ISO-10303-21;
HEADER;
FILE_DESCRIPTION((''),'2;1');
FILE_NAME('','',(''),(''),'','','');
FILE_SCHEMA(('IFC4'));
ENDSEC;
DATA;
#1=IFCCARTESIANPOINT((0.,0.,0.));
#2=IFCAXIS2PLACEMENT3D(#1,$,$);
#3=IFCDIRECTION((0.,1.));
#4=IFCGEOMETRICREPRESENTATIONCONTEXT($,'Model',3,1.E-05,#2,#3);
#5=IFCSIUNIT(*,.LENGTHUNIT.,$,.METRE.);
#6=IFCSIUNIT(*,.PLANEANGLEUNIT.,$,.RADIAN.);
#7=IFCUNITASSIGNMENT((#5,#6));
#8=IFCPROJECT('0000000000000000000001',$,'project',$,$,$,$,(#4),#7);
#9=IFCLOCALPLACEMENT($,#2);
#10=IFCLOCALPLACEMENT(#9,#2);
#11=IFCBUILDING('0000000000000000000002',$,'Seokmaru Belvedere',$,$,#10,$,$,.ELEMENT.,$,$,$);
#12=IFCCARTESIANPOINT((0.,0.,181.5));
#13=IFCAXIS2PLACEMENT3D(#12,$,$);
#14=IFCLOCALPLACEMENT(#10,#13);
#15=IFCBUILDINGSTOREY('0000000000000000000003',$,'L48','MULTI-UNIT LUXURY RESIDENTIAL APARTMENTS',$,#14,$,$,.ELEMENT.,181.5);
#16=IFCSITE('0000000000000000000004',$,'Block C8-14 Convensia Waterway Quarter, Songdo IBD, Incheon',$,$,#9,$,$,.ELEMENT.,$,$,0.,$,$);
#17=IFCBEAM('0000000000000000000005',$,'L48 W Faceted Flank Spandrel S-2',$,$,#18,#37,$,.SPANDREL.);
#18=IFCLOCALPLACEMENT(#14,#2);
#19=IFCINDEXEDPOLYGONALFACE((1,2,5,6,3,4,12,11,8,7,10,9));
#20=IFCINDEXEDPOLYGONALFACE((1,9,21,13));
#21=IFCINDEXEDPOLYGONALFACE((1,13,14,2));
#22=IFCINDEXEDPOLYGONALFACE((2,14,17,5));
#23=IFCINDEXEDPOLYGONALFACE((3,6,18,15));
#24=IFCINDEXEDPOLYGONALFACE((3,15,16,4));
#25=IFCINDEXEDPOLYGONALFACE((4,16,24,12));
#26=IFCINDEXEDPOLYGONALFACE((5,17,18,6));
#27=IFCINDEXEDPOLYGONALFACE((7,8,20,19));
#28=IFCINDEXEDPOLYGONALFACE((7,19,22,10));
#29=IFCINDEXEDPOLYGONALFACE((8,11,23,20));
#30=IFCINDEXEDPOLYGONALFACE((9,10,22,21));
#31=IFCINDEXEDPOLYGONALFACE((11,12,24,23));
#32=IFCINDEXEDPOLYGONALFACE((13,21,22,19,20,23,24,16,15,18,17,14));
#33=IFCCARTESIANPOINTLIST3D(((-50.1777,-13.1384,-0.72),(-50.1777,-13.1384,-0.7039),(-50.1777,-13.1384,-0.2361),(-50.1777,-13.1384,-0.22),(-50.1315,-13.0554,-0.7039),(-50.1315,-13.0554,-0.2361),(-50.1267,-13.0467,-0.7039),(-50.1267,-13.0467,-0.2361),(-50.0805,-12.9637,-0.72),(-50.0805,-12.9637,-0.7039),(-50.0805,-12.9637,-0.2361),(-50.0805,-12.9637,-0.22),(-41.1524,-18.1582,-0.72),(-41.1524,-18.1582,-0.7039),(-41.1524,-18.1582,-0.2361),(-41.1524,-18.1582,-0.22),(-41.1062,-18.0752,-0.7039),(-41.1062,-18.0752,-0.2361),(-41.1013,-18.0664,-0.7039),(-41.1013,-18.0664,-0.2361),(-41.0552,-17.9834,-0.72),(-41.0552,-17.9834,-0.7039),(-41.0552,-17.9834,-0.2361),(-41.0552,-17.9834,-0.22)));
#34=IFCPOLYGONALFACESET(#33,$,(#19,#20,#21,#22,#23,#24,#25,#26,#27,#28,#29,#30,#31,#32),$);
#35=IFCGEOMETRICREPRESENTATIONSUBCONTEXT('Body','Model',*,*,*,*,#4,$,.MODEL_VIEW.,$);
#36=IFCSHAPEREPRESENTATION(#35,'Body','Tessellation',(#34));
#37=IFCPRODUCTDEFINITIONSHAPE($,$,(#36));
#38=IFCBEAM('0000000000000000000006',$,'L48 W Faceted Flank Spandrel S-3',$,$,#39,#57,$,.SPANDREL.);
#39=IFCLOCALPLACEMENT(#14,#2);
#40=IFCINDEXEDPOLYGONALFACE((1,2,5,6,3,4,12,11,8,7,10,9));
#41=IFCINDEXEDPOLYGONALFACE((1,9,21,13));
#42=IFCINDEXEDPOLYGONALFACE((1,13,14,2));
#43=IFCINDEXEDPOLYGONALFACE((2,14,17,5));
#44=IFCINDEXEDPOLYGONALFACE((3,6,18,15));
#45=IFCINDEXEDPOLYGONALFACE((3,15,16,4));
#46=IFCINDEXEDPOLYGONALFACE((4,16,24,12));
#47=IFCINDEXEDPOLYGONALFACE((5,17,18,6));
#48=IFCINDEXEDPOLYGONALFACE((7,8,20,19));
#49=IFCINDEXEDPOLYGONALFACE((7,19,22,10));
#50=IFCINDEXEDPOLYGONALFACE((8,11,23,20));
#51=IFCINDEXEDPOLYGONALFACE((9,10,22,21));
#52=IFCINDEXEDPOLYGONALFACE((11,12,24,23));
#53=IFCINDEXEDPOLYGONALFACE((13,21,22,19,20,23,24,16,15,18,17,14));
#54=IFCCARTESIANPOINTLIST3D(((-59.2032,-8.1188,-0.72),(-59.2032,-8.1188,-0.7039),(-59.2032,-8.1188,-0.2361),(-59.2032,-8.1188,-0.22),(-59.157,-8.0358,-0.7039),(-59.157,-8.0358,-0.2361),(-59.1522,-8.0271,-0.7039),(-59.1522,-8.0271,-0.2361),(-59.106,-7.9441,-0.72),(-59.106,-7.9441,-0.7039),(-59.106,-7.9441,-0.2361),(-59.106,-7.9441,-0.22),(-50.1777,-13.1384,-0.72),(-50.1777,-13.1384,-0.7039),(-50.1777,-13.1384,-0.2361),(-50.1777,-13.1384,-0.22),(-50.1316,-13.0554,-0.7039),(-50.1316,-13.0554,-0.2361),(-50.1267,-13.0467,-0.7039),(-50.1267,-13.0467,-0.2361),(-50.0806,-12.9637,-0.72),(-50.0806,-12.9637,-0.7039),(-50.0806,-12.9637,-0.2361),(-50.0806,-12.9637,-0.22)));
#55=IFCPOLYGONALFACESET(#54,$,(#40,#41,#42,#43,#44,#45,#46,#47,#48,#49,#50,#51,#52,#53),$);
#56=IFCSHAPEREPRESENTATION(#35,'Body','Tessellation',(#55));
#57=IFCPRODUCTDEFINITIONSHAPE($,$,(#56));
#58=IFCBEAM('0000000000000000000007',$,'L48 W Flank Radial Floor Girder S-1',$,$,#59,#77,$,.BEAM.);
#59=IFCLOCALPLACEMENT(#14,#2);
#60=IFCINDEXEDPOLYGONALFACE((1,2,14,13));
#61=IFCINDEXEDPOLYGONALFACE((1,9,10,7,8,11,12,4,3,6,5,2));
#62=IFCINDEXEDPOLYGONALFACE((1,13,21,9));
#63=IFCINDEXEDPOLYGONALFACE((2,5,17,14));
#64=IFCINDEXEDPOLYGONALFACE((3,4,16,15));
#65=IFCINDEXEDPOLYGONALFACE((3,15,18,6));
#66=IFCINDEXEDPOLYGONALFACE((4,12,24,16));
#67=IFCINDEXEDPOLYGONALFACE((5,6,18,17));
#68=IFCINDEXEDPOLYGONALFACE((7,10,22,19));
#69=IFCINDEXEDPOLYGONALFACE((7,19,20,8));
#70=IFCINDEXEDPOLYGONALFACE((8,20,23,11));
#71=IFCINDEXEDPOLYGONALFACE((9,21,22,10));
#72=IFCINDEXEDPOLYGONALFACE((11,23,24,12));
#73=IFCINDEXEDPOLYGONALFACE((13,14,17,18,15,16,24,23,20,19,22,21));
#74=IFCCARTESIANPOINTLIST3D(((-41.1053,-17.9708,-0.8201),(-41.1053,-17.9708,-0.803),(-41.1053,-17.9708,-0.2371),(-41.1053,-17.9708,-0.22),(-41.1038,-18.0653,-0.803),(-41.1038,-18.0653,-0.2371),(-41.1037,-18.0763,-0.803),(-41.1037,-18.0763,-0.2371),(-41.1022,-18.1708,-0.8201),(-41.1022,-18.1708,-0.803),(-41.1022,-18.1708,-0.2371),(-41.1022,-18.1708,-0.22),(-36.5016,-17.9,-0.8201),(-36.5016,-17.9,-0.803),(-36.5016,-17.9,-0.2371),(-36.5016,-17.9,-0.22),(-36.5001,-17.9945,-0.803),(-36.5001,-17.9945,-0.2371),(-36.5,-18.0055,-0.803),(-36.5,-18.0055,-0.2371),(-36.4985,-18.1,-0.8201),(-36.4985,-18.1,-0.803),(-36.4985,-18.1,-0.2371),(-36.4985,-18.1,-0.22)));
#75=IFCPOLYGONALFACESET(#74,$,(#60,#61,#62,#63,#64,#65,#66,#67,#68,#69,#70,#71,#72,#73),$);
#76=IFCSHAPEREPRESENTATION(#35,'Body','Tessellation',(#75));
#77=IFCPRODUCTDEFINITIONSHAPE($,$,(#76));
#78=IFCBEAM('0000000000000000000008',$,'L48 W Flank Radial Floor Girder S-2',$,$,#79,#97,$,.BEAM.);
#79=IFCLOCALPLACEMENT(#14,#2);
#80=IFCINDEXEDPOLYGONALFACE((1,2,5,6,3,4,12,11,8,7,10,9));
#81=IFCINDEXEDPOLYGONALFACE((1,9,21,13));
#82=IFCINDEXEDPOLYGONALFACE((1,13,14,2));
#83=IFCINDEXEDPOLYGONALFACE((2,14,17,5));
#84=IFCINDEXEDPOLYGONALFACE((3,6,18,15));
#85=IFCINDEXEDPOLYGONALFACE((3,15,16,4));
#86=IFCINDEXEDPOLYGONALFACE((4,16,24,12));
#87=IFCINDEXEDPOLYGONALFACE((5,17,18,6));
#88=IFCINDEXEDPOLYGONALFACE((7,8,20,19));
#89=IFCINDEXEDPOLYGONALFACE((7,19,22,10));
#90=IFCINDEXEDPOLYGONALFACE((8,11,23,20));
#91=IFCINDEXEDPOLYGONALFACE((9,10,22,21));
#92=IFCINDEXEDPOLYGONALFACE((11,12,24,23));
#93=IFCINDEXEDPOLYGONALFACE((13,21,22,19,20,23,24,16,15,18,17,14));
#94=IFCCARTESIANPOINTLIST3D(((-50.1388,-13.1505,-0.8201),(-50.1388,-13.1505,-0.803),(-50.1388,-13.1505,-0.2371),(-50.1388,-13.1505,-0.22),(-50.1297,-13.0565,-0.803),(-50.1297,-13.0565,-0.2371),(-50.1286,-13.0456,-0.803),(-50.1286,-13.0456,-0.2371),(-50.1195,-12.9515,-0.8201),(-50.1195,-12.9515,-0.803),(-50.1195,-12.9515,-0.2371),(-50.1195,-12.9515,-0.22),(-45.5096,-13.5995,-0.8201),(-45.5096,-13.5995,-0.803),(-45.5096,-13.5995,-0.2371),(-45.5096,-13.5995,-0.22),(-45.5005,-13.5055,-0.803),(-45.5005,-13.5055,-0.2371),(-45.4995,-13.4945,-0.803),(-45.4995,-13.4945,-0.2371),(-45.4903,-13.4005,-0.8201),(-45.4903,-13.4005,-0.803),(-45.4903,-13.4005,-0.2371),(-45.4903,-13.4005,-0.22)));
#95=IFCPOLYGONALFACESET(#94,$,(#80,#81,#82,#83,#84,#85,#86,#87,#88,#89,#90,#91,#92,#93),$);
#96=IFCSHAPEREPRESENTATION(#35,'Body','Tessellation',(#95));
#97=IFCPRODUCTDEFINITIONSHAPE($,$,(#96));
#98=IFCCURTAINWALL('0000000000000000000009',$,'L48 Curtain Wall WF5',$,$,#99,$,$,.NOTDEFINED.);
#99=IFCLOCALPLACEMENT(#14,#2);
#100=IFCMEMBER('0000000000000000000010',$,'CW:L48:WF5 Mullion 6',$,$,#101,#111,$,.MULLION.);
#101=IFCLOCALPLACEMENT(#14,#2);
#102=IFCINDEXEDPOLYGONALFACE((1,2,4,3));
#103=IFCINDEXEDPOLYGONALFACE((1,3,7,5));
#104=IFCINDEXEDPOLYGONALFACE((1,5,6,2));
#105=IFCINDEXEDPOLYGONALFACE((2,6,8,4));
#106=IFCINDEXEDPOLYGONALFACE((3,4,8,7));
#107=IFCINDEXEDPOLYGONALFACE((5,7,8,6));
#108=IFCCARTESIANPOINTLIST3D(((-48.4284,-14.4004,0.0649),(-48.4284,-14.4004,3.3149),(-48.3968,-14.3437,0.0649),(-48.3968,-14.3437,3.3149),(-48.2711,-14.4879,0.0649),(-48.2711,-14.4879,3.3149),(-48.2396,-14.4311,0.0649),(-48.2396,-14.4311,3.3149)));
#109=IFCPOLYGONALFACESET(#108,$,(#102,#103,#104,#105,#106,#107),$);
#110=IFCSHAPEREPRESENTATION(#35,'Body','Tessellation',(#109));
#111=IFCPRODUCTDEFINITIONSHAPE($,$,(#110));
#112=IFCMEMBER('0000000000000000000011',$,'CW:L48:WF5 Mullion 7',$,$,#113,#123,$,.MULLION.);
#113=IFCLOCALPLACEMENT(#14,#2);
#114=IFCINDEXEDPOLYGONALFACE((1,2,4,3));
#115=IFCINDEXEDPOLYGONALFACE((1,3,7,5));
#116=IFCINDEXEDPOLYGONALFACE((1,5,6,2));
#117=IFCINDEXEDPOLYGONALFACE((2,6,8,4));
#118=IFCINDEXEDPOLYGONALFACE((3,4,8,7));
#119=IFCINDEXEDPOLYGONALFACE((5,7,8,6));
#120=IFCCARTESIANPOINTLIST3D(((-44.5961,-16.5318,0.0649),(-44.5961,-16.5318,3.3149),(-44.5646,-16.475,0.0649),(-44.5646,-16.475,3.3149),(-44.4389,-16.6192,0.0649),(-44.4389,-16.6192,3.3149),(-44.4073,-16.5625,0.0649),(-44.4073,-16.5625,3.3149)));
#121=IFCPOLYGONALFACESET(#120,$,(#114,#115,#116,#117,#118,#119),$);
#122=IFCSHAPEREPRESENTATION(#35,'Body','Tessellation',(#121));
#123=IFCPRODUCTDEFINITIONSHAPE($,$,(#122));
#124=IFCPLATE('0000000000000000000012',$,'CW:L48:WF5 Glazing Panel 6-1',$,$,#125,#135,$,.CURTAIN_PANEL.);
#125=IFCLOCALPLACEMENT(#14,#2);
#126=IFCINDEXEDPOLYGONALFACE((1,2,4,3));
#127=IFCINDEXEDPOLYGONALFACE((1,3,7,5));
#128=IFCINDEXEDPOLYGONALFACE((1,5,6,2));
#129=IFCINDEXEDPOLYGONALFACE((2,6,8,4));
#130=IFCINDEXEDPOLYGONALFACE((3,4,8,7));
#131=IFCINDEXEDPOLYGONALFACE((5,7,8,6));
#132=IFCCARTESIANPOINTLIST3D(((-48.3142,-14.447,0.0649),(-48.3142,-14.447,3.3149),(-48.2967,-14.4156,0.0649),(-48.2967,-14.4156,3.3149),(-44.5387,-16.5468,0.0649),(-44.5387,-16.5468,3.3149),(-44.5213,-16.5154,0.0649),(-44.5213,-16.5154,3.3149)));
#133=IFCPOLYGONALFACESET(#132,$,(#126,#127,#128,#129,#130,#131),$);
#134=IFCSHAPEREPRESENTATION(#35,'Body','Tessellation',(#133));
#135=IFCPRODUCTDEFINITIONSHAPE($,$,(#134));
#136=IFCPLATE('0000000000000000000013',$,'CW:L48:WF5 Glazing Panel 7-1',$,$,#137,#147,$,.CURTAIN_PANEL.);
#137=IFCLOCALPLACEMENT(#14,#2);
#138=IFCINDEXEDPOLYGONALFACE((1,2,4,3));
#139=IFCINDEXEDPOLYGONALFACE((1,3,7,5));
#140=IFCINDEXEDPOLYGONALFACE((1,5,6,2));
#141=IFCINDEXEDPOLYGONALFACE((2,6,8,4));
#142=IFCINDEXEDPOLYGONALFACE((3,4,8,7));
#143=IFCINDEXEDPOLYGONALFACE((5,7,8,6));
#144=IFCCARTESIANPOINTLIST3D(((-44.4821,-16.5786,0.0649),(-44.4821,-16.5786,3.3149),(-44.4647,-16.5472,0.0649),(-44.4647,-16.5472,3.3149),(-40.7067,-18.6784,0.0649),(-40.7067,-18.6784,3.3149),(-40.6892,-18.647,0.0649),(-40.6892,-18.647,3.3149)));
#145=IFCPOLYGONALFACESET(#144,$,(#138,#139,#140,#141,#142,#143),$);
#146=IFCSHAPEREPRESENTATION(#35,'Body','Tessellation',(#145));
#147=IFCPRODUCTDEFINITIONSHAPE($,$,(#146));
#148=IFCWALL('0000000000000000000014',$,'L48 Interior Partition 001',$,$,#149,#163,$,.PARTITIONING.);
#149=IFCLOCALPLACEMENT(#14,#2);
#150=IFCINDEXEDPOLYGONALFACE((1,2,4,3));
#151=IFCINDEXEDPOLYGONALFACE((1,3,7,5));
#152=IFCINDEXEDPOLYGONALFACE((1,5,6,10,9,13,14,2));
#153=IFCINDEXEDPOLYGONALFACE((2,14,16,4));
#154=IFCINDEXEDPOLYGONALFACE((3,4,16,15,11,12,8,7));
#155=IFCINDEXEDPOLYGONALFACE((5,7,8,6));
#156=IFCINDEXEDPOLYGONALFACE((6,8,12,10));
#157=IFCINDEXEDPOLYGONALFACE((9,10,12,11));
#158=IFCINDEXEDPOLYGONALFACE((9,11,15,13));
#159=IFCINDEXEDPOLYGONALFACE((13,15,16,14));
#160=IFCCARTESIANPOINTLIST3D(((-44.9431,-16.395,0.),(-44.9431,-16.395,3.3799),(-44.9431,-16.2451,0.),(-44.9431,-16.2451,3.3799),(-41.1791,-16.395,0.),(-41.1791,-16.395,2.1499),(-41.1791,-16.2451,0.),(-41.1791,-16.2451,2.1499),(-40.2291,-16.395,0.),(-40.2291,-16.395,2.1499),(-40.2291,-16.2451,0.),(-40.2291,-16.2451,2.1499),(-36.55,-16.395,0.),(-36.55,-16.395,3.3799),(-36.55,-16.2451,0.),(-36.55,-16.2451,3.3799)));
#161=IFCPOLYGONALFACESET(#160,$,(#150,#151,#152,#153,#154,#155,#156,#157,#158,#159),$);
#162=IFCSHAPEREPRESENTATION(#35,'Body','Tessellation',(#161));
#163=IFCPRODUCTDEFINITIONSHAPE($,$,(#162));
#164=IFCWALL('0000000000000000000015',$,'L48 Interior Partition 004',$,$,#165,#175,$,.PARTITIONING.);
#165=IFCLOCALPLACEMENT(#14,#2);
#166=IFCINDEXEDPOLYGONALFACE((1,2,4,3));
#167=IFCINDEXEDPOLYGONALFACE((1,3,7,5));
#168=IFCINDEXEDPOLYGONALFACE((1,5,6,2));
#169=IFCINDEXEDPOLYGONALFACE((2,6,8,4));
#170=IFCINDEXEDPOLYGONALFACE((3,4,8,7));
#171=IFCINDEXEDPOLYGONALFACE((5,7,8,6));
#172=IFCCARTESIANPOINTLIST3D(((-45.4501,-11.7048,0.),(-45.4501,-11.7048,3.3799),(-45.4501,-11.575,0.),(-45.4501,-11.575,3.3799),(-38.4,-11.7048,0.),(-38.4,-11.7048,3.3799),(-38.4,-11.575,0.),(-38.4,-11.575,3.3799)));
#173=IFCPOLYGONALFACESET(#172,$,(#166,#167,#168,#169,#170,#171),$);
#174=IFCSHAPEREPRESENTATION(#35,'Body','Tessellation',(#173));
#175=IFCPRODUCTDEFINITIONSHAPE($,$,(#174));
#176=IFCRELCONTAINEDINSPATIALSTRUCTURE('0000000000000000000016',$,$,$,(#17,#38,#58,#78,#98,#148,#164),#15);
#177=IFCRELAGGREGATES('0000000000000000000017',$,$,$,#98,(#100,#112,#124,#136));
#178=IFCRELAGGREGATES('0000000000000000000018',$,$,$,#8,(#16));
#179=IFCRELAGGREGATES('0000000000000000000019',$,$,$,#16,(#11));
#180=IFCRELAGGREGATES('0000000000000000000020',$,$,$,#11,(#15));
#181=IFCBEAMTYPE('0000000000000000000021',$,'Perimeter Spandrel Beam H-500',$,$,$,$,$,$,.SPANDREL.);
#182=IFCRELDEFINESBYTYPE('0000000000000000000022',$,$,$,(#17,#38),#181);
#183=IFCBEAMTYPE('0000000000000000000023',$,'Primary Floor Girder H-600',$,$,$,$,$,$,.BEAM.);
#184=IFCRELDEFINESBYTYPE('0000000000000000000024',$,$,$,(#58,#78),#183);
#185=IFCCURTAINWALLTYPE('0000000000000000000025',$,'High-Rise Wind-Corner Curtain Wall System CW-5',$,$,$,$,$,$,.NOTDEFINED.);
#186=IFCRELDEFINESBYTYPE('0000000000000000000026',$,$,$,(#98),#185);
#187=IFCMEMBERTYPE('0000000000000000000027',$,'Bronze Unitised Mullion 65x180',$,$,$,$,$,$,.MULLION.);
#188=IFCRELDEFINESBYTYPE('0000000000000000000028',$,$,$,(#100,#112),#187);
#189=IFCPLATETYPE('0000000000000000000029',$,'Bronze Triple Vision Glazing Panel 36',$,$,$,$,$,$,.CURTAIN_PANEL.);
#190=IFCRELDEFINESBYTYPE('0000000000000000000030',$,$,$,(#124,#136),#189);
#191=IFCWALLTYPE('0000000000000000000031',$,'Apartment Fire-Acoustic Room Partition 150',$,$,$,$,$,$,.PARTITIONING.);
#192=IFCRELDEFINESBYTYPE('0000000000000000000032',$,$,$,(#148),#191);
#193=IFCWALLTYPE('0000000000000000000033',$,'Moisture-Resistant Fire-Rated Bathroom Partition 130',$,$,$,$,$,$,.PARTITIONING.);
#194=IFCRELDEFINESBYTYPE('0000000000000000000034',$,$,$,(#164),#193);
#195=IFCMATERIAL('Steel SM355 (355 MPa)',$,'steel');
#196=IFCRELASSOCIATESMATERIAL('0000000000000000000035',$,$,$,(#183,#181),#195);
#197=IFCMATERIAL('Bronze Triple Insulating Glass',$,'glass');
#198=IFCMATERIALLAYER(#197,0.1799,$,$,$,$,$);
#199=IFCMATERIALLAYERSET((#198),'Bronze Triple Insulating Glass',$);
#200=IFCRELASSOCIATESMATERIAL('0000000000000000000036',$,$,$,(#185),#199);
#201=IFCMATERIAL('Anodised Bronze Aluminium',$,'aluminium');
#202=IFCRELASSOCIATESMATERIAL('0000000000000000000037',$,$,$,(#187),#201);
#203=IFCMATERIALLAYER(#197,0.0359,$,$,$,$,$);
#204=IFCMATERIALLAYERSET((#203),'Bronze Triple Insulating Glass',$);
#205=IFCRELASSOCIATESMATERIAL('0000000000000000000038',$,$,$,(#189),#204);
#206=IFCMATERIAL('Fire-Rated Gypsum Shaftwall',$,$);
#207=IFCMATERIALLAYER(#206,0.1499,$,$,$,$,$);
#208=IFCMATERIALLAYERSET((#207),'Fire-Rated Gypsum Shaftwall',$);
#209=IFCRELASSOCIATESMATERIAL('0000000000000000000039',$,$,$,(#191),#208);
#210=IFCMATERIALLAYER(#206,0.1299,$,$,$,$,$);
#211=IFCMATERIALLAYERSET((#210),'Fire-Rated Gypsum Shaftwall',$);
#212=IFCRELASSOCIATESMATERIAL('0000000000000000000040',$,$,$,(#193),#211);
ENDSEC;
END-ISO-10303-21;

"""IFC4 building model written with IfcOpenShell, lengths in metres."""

from ifc_helpers import new_model, si_unit, direction, frame, frame_2d, origin, origin_2d, place, context, subcontext, project, spatial, rectangle, i_section, extrude, source, transform, mapped, material, layer, layer_set, material_profile, profile_set, type_object, type_shapes, element, aggregate, save


model = new_model("IFC4")

# Units and contexts
model_context = context("Model", 3, precision=1e-05, world=origin(), true_north=direction((0.0, 1.0)))
body_context = subcontext(model_context, "Body", "Model", "MODEL_VIEW")
ifc_project = project(units=[si_unit("LENGTHUNIT", "METRE"), si_unit("PLANEANGLEUNIT", "RADIAN")], contexts=[model_context])

# Site, building, storey
site_placement = place(None, origin())
site = spatial("IfcSite", under=ifc_project, at=site_placement, Name="Block C8-14 Convensia Waterway Quarter, Songdo IBD, Incheon", CompositionType="ELEMENT", RefElevation=0.0)
building_placement = place(site_placement, origin())
building = spatial("IfcBuilding", under=site, at=building_placement, Name="Seokmaru Belvedere", CompositionType="ELEMENT")
storey_placement = place(building_placement, frame((0.0, 0.0, 181.5)))
storey = spatial("IfcBuildingStorey", under=building, at=storey_placement, Name="L48", Description="MULTI-UNIT LUXURY RESIDENTIAL APARTMENTS", CompositionType="ELEMENT", Elevation=181.5)

# Shared definitions
ifc_material_1 = material(Name="Steel SM355 (355 MPa)", Category="steel")

# Beams
ifc_material_profile_1 = material_profile(ifc_material_1, i_section(OverallWidth=0.2, OverallDepth=0.6001, WebThickness=0.011, FlangeThickness=0.0171, at=origin_2d()), Name="H-600x200x11x17")
ifc_profile_set_1 = profile_set([ifc_material_profile_1], Name="Steel SM355 (355 MPa)")
beam_type_1 = type_object("IfcBeamType", Name="Primary Floor Girder H-600", PredefinedType="BEAM", material=ifc_profile_set_1)
ifc_material_profile_2 = material_profile(ifc_material_1, i_section(OverallWidth=0.2, OverallDepth=0.5, WebThickness=0.01, FlangeThickness=0.0161, at=origin_2d()), Name="H-500x200x10x16")
ifc_profile_set_2 = profile_set([ifc_material_profile_2], Name="Steel SM355 (355 MPa)")
beam_type_2 = type_object("IfcBeamType", Name="Perimeter Spandrel Beam H-500", PredefinedType="SPANDREL", material=ifc_profile_set_2)
shared_shape_1 = source(origin(), body_context, "Body", "SweptSolid", [
    extrude(i_section(OverallWidth=0.2, OverallDepth=0.5, WebThickness=0.01, FlangeThickness=0.0161, at=origin_2d()), origin(), (0.0, 0.0, 1.0), 10.3274),
])
type_shapes(beam_type_2, [shared_shape_1])
for number, where, z_axis, x_axis, name in (
    (1, (-41.1038, -18.0708, -0.47), (-0.873924, 0.486062, 0.0), (-0.486062, -0.873924, 0.0), "L48 W Faceted Flank Spandrel S-2"),
    (2, (-50.1292, -13.051, -0.47), (-0.873934, 0.486044, 0.0), (-0.486044, -0.873934, 0.0), "L48 W Faceted Flank Spandrel S-3"),
):
    element("IfcBeam", number, at=place(storey_placement, frame(where, z_axis=z_axis, x_axis=x_axis)), inside=storey, type_object=beam_type_2, Name=name, PredefinedType="SPANDREL", context=body_context, shape_type="MappedRepresentation", body=[
        mapped(shared_shape_1, transform((0.0, 0.0, 0.0), scale=1.0)),
    ])
shared_shape_2 = source(origin(), body_context, "Body", "SweptSolid", [
    extrude(i_section(OverallWidth=0.2, OverallDepth=0.6001, WebThickness=0.011, FlangeThickness=0.0171, at=origin_2d()), origin(), (0.0, 0.0, 1.0), 4.6042),
])
beam_1_placement = place(storey_placement, frame((-41.1038, -18.0708, -0.52), z_axis=(0.999882, 0.015377, 0.0), x_axis=(-0.015377, 0.999882, 0.0)))
element("IfcBeam", 3, at=beam_1_placement, inside=storey, type_object=beam_type_1, Name="L48 W Flank Radial Floor Girder S-1", PredefinedType="BEAM", context=body_context, shape_type="MappedRepresentation", body=[
    mapped(shared_shape_2, transform((0.0, 0.0, 0.0), scale=1.0)),
])
shared_shape_3 = source(origin(), body_context, "Body", "SweptSolid", [
    extrude(i_section(OverallWidth=0.2, OverallDepth=0.6001, WebThickness=0.011, FlangeThickness=0.0171, at=origin_2d()), origin(), (0.0, 0.0, 1.0), 4.6509),
])
beam_2_placement = place(storey_placement, frame((-50.1292, -13.051, -0.52), z_axis=(0.99533, -0.096536, 0.0), x_axis=(0.096536, 0.99533, 0.0)))
element("IfcBeam", 4, at=beam_2_placement, inside=storey, type_object=beam_type_1, Name="L48 W Flank Radial Floor Girder S-2", PredefinedType="BEAM", context=body_context, shape_type="MappedRepresentation", body=[
    mapped(shared_shape_3, transform((0.0, 0.0, 0.0), scale=1.0)),
])

# Curtain wall, members, plates
ifc_material_2 = material(Name="Bronze Triple Insulating Glass", Category="glass")
ifc_layer_1 = layer(ifc_material_2, 0.1799)
ifc_layer_set_1 = layer_set([ifc_layer_1], Name="Bronze Triple Insulating Glass")
curtain_wall_type = type_object("IfcCurtainWallType", Name="High-Rise Wind-Corner Curtain Wall System CW-5", PredefinedType="NOTDEFINED", material=ifc_layer_set_1)
curtain_wall_placement = place(storey_placement, origin())
curtain_wall = element("IfcCurtainWall", 5, at=curtain_wall_placement, inside=storey, type_object=curtain_wall_type, Name="L48 Curtain Wall WF5", PredefinedType="NOTDEFINED")
ifc_material_3 = material(Name="Anodised Bronze Aluminium", Category="aluminium")
ifc_material_profile_3 = material_profile(ifc_material_3, rectangle(XDim=0.0649, YDim=0.1799, at=origin_2d()), Name="CW-M-65x180")
ifc_profile_set_3 = profile_set([ifc_material_profile_3], Name="Anodised Bronze Aluminium")
member_type = type_object("IfcMemberType", Name="Bronze Unitised Mullion 65x180", PredefinedType="MULLION", material=ifc_profile_set_3)
shared_shape_4 = source(origin(), body_context, "Body", "SweptSolid", [
    extrude(rectangle(XDim=0.0649, YDim=0.1799, at=origin_2d()), origin(), (0.0, 0.0, 1.0), 3.25),
])
type_shapes(member_type, [shared_shape_4])
member_1_placement = place(storey_placement, frame((-48.334, -14.4158, 0.0649), z_axis=(0.0, 0.0, 1.0), x_axis=(0.486047, 0.873933, 0.0)))
member_1 = element("IfcMember", 6, at=member_1_placement, type_object=member_type, Name="CW:L48:WF5 Mullion 6", PredefinedType="MULLION", context=body_context, shape_type="MappedRepresentation", body=[
    mapped(shared_shape_4, transform((0.0, 0.0, 0.0), scale=1.0)),
])
member_2_placement = place(storey_placement, frame((-44.5017, -16.5471, 0.0649), z_axis=(0.0, 0.0, 1.0), x_axis=(0.486047, 0.873933, 0.0)))
member_2 = element("IfcMember", 7, at=member_2_placement, type_object=member_type, Name="CW:L48:WF5 Mullion 7", PredefinedType="MULLION", context=body_context, shape_type="MappedRepresentation", body=[
    mapped(shared_shape_4, transform((0.0, 0.0, 0.0), scale=1.0)),
])
ifc_layer_2 = layer(ifc_material_2, 0.0359)
ifc_layer_set_2 = layer_set([ifc_layer_2], Name="Bronze Triple Insulating Glass")
plate_type = type_object("IfcPlateType", Name="Bronze Triple Vision Glazing Panel 36", PredefinedType="CURTAIN_PANEL", material=ifc_layer_set_2)
shared_shape_5 = source(origin(), body_context, "Body", "SweptSolid", [
    extrude(rectangle(XDim=4.3201, YDim=0.0359, at=origin_2d()), origin(), (0.0, 0.0, 1.0), 3.25),
])
type_shapes(plate_type, [shared_shape_5])
plate_1_placement = place(storey_placement, frame((-46.4177, -15.4812, 0.0649), z_axis=(0.0, 0.0, 1.0), x_axis=(0.873933, -0.486047, 0.0)))
plate_1 = element("IfcPlate", 8, at=plate_1_placement, type_object=plate_type, Name="CW:L48:WF5 Glazing Panel 6-1", PredefinedType="CURTAIN_PANEL", context=body_context, shape_type="MappedRepresentation", body=[
    mapped(shared_shape_5, transform((0.0, 0.0, 0.0), scale=1.0)),
])
plate_2_placement = place(storey_placement, frame((-42.5857, -17.6128, 0.0649), z_axis=(0.0, 0.0, 1.0), x_axis=(0.873933, -0.486047, 0.0)))
plate_2 = element("IfcPlate", 9, at=plate_2_placement, type_object=plate_type, Name="CW:L48:WF5 Glazing Panel 7-1", PredefinedType="CURTAIN_PANEL", context=body_context, shape_type="MappedRepresentation", body=[
    mapped(shared_shape_5, transform((0.0, 0.0, 0.0), scale=1.0)),
])
aggregate(curtain_wall, [member_1, member_2, plate_1, plate_2])

# Wall, opening
ifc_material_4 = material(Name="Fire-Rated Gypsum Shaftwall")
ifc_layer_3 = layer(ifc_material_4, 0.1499)
ifc_layer_set_3 = layer_set([ifc_layer_3], Name="Fire-Rated Gypsum Shaftwall")
wall_type_1 = type_object("IfcWallType", Name="Apartment Fire-Acoustic Room Partition 150", PredefinedType="PARTITIONING", material=ifc_layer_set_3)
wall_1_placement = place(storey_placement, frame((-44.9431, -16.3201, 0.0), z_axis=(0.0, 0.0, 1.0), x_axis=(1.0, 0.0, 0.0)))
wall_1 = element("IfcWall", 10, at=wall_1_placement, inside=storey, type_object=wall_type_1, Name="L48 Interior Partition 001", PredefinedType="PARTITIONING", context=body_context, shape_type="SweptSolid", body=[
    extrude(rectangle(XDim=8.3931, YDim=0.1499, at=frame_2d((4.1965, 0.0))), origin(), (0.0, 0.0, 1.0), 3.3799),
])
opening_1_placement = place(wall_1_placement, frame((3.7639, 0.0, 0.0)))
element("IfcOpeningElement", 11, at=opening_1_placement, cuts=wall_1, PredefinedType="OPENING", context=body_context, shape_type="SweptSolid", body=[
    extrude(rectangle(XDim=0.95, YDim=2.1499, at=frame_2d((0.4751, 1.075))), frame((0.0, 0.085, 0.0), z_axis=(0.0, -1.0, 0.0), x_axis=(1.0, 0.0, 0.0)), (0.0, 0.0, 1.0), 0.1699),
])

# Wall
ifc_layer_4 = layer(ifc_material_4, 0.1299)
ifc_layer_set_4 = layer_set([ifc_layer_4], Name="Fire-Rated Gypsum Shaftwall")
wall_type_2 = type_object("IfcWallType", Name="Moisture-Resistant Fire-Rated Bathroom Partition 130", PredefinedType="PARTITIONING", material=ifc_layer_set_4)
wall_2_placement = place(storey_placement, frame((-45.45, -11.6399, 0.0), z_axis=(0.0, 0.0, 1.0), x_axis=(1.0, 0.0, 0.0)))
element("IfcWall", 12, at=wall_2_placement, inside=storey, type_object=wall_type_2, Name="L48 Interior Partition 004", PredefinedType="PARTITIONING", context=body_context, shape_type="SweptSolid", body=[
    extrude(rectangle(XDim=7.05, YDim=0.1299, at=frame_2d((3.5249, 0.0))), origin(), (0.0, 0.0, 1.0), 3.3799),
])

save(model, "model.ifc")
